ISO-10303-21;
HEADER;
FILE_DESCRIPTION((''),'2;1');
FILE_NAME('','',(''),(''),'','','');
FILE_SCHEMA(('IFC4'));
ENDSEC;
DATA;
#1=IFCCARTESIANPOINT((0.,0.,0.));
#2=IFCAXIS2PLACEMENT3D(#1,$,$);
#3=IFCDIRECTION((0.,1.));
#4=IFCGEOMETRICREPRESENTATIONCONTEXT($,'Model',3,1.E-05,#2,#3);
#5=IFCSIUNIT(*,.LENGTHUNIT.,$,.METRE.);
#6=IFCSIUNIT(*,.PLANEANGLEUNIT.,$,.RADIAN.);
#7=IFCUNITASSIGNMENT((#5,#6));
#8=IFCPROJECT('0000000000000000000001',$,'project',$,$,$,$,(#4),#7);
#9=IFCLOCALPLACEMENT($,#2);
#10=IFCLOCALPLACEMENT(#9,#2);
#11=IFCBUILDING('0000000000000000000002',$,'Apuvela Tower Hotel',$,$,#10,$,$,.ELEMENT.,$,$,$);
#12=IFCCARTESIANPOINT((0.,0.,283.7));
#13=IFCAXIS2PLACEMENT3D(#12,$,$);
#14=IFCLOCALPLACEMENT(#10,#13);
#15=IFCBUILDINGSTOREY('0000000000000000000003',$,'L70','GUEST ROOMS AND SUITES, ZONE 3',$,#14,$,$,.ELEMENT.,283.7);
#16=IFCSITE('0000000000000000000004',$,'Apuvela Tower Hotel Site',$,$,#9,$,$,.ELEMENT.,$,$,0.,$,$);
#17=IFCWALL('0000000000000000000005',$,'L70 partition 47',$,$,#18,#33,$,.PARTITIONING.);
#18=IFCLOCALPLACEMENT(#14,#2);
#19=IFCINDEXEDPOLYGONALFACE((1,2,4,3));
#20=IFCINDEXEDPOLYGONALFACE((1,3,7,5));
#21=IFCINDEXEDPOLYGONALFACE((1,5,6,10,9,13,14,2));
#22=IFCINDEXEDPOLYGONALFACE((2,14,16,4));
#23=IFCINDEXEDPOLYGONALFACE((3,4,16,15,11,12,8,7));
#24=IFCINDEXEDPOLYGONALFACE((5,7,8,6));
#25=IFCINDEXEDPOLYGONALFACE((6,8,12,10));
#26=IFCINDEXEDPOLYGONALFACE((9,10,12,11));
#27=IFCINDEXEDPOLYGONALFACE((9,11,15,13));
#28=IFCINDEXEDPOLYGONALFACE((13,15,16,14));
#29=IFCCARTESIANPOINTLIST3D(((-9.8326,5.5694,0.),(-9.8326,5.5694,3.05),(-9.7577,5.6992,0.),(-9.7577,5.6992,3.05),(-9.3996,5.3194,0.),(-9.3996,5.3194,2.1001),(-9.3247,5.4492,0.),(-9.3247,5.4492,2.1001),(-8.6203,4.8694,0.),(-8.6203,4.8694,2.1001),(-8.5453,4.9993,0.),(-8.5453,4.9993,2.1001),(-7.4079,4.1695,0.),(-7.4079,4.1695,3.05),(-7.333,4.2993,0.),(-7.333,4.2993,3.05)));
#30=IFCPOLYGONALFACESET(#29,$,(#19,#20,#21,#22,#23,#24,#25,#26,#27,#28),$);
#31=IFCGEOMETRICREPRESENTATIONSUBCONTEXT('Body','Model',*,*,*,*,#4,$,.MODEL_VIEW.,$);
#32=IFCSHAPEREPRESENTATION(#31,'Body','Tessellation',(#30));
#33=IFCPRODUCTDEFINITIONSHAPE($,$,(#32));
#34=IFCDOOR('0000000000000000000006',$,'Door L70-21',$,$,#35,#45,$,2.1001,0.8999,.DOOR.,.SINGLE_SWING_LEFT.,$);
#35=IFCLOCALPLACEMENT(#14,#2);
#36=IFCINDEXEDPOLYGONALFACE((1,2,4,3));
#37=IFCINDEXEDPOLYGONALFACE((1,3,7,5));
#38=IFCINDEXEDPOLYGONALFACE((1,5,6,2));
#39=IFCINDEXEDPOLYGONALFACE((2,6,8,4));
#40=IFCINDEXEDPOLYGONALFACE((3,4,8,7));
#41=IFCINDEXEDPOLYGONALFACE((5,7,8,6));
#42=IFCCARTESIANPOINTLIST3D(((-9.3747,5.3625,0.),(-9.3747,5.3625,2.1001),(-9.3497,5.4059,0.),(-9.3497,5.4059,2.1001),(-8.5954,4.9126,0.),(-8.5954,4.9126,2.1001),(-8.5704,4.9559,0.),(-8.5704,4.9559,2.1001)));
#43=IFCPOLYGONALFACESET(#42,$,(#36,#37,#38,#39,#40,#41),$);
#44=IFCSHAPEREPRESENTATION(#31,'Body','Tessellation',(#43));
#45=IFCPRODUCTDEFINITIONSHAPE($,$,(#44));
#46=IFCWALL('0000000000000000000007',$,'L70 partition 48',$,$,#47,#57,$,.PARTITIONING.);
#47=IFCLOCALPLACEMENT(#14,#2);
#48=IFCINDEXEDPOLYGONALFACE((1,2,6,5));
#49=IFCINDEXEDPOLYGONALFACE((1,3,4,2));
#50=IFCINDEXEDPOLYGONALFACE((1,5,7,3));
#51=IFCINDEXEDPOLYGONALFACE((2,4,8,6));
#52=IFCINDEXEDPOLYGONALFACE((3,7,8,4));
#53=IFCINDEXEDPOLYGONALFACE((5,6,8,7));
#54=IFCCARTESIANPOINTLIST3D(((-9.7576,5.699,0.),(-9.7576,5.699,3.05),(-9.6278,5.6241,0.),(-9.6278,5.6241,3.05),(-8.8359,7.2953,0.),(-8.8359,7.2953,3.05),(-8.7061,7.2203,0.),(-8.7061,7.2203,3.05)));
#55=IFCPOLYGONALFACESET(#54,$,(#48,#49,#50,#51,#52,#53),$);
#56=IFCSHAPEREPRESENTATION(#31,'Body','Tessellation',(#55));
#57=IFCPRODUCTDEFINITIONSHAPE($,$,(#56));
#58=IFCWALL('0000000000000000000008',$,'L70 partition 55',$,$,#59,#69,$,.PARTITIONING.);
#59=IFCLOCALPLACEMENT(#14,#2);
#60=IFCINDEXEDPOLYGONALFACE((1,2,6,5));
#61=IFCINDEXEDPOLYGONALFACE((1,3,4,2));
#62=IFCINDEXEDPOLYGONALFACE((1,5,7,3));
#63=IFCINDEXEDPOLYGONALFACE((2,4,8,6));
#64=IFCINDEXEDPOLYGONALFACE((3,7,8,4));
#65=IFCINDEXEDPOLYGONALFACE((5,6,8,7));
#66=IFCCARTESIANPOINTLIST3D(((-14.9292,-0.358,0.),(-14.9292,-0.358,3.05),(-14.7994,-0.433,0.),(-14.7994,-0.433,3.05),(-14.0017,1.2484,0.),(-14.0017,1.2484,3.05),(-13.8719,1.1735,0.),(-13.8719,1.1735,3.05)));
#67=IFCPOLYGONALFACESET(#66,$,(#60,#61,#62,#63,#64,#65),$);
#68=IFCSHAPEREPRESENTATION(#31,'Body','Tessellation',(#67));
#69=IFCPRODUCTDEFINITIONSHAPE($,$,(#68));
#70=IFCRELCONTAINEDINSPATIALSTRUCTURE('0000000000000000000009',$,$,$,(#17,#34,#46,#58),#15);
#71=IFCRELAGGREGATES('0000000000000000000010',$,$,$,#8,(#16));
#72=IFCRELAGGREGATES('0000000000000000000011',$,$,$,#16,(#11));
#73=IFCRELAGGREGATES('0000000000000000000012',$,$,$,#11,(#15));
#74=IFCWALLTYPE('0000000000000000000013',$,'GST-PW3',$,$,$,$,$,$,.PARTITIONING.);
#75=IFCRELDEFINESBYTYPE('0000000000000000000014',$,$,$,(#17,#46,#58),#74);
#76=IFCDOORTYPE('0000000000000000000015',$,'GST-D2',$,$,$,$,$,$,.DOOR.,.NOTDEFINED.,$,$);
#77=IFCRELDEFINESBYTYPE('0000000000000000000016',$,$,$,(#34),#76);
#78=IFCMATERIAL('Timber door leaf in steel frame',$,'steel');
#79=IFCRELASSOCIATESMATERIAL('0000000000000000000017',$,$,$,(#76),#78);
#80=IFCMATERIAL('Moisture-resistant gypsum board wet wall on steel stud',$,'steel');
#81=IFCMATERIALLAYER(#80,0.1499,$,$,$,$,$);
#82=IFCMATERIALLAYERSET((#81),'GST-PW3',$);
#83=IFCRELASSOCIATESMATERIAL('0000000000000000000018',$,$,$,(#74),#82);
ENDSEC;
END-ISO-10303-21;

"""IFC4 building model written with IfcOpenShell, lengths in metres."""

from ifc_helpers import new_model, si_unit, direction, frame, frame_2d, origin, place, context, subcontext, project, spatial, rectangle, extrude, material, layer, layer_set, type_object, element, fill, save


model = new_model("IFC4")

# Units and contexts
model_context = context("Model", 3, precision=1e-05, world=origin(), true_north=direction((0.0, 1.0)))
body_context = subcontext(model_context, "Body", "Model", "MODEL_VIEW")
ifc_project = project(units=[si_unit("LENGTHUNIT", "METRE"), si_unit("PLANEANGLEUNIT", "RADIAN")], contexts=[model_context])

# Site, building, storey
site_placement = place(None, origin())
site = spatial("IfcSite", under=ifc_project, at=site_placement, Name="Apuvela Tower Hotel Site", CompositionType="ELEMENT", RefElevation=0.0)
building_placement = place(site_placement, origin())
building = spatial("IfcBuilding", under=site, at=building_placement, Name="Apuvela Tower Hotel", CompositionType="ELEMENT")
storey_placement = place(building_placement, frame((0.0, 0.0, 283.7)))
storey = spatial("IfcBuildingStorey", under=building, at=storey_placement, Name="L70", Description="GUEST ROOMS AND SUITES, ZONE 3", CompositionType="ELEMENT", Elevation=283.7)

# Shared definitions
ifc_material_1 = material(Name="Timber door leaf in steel frame", Category="steel")
door_type_1 = type_object("IfcDoorType", Name="GST-D2", OperationType="NOTDEFINED", PredefinedType="DOOR", material=ifc_material_1)
ifc_material_2 = material(Name="Moisture-resistant gypsum board wet wall on steel stud", Category="steel")
ifc_layer_1 = layer(ifc_material_2, 0.1499)
ifc_layer_set_1 = layer_set([ifc_layer_1], Name="GST-PW3")
wall_type_1 = type_object("IfcWallType", Name="GST-PW3", PredefinedType="PARTITIONING", material=ifc_layer_set_1)

# Wall, opening, door
wall_1_placement = place(storey_placement, frame((-9.7952, 5.6343, 0.0), z_axis=(0.0, 0.0, 1.0), x_axis=(0.866035, -0.499984, 0.0)))
wall_1 = element("IfcWall", 1, at=wall_1_placement, inside=storey, type_object=wall_type_1, Name="L70 partition 47", PredefinedType="PARTITIONING", context=body_context, shape_type="SweptSolid", body=[
    extrude(rectangle(XDim=2.7998, YDim=0.1499, at=frame_2d((1.3999, 0.0))), origin(), (0.0, 0.0, 1.0), 3.05),
])
opening_1_placement = place(wall_1_placement, frame((0.5, 0.0, 0.0)))
opening_1 = element("IfcOpeningElement", 2, at=opening_1_placement, cuts=wall_1, PredefinedType="OPENING", context=body_context, shape_type="SweptSolid", body=[
    extrude(rectangle(XDim=0.8999, YDim=2.1001, at=frame_2d((0.45, 1.05))), frame((0.0, 0.085, 0.0), z_axis=(0.0, -1.0, 0.0), x_axis=(1.0, 0.0, 0.0)), (0.0, 0.0, 1.0), 0.1699),
])
door_1_placement = place(opening_1_placement, origin())
door_1 = element("IfcDoor", 3, at=door_1_placement, inside=storey, type_object=door_type_1, Name="Door L70-21", OperationType="SINGLE_SWING_LEFT", OverallHeight=2.1001, OverallWidth=0.8999, PredefinedType="DOOR", context=body_context, shape_type="SweptSolid", body=[
    extrude(rectangle(XDim=0.8999, YDim=2.1001, at=frame_2d((0.45, 1.05))), frame((0.0, 0.0249, 0.0), z_axis=(0.0, -1.0, 0.0), x_axis=(1.0, 0.0, 0.0)), (0.0, 0.0, 1.0), 0.05),
])
fill(opening_1, door_1)

# Walls
wall_2_placement = place(storey_placement, frame((-8.771, 7.2578, 0.0), z_axis=(0.0, 0.0, 1.0), x_axis=(-0.500028, -0.866009, 0.0)))
element("IfcWall", 4, at=wall_2_placement, inside=storey, type_object=wall_type_1, Name="L70 partition 48", PredefinedType="PARTITIONING", context=body_context, shape_type="SweptSolid", body=[
    extrude(rectangle(XDim=1.8433, YDim=0.1499, at=frame_2d((0.9216, 0.0))), origin(), (0.0, 0.0, 1.0), 3.05),
])
wall_3_placement = place(storey_placement, frame((-13.9368, 1.2109, 0.0), z_axis=(0.0, 0.0, 1.0), x_axis=(-0.500003, -0.866023, 0.0)))
element("IfcWall", 5, at=wall_3_placement, inside=storey, type_object=wall_type_1, Name="L70 partition 55", PredefinedType="PARTITIONING", context=body_context, shape_type="SweptSolid", body=[
    extrude(rectangle(XDim=1.855, YDim=0.1499, at=frame_2d((0.9275, 0.0))), origin(), (0.0, 0.0, 1.0), 3.05),
])

save(model, "model.ifc")
